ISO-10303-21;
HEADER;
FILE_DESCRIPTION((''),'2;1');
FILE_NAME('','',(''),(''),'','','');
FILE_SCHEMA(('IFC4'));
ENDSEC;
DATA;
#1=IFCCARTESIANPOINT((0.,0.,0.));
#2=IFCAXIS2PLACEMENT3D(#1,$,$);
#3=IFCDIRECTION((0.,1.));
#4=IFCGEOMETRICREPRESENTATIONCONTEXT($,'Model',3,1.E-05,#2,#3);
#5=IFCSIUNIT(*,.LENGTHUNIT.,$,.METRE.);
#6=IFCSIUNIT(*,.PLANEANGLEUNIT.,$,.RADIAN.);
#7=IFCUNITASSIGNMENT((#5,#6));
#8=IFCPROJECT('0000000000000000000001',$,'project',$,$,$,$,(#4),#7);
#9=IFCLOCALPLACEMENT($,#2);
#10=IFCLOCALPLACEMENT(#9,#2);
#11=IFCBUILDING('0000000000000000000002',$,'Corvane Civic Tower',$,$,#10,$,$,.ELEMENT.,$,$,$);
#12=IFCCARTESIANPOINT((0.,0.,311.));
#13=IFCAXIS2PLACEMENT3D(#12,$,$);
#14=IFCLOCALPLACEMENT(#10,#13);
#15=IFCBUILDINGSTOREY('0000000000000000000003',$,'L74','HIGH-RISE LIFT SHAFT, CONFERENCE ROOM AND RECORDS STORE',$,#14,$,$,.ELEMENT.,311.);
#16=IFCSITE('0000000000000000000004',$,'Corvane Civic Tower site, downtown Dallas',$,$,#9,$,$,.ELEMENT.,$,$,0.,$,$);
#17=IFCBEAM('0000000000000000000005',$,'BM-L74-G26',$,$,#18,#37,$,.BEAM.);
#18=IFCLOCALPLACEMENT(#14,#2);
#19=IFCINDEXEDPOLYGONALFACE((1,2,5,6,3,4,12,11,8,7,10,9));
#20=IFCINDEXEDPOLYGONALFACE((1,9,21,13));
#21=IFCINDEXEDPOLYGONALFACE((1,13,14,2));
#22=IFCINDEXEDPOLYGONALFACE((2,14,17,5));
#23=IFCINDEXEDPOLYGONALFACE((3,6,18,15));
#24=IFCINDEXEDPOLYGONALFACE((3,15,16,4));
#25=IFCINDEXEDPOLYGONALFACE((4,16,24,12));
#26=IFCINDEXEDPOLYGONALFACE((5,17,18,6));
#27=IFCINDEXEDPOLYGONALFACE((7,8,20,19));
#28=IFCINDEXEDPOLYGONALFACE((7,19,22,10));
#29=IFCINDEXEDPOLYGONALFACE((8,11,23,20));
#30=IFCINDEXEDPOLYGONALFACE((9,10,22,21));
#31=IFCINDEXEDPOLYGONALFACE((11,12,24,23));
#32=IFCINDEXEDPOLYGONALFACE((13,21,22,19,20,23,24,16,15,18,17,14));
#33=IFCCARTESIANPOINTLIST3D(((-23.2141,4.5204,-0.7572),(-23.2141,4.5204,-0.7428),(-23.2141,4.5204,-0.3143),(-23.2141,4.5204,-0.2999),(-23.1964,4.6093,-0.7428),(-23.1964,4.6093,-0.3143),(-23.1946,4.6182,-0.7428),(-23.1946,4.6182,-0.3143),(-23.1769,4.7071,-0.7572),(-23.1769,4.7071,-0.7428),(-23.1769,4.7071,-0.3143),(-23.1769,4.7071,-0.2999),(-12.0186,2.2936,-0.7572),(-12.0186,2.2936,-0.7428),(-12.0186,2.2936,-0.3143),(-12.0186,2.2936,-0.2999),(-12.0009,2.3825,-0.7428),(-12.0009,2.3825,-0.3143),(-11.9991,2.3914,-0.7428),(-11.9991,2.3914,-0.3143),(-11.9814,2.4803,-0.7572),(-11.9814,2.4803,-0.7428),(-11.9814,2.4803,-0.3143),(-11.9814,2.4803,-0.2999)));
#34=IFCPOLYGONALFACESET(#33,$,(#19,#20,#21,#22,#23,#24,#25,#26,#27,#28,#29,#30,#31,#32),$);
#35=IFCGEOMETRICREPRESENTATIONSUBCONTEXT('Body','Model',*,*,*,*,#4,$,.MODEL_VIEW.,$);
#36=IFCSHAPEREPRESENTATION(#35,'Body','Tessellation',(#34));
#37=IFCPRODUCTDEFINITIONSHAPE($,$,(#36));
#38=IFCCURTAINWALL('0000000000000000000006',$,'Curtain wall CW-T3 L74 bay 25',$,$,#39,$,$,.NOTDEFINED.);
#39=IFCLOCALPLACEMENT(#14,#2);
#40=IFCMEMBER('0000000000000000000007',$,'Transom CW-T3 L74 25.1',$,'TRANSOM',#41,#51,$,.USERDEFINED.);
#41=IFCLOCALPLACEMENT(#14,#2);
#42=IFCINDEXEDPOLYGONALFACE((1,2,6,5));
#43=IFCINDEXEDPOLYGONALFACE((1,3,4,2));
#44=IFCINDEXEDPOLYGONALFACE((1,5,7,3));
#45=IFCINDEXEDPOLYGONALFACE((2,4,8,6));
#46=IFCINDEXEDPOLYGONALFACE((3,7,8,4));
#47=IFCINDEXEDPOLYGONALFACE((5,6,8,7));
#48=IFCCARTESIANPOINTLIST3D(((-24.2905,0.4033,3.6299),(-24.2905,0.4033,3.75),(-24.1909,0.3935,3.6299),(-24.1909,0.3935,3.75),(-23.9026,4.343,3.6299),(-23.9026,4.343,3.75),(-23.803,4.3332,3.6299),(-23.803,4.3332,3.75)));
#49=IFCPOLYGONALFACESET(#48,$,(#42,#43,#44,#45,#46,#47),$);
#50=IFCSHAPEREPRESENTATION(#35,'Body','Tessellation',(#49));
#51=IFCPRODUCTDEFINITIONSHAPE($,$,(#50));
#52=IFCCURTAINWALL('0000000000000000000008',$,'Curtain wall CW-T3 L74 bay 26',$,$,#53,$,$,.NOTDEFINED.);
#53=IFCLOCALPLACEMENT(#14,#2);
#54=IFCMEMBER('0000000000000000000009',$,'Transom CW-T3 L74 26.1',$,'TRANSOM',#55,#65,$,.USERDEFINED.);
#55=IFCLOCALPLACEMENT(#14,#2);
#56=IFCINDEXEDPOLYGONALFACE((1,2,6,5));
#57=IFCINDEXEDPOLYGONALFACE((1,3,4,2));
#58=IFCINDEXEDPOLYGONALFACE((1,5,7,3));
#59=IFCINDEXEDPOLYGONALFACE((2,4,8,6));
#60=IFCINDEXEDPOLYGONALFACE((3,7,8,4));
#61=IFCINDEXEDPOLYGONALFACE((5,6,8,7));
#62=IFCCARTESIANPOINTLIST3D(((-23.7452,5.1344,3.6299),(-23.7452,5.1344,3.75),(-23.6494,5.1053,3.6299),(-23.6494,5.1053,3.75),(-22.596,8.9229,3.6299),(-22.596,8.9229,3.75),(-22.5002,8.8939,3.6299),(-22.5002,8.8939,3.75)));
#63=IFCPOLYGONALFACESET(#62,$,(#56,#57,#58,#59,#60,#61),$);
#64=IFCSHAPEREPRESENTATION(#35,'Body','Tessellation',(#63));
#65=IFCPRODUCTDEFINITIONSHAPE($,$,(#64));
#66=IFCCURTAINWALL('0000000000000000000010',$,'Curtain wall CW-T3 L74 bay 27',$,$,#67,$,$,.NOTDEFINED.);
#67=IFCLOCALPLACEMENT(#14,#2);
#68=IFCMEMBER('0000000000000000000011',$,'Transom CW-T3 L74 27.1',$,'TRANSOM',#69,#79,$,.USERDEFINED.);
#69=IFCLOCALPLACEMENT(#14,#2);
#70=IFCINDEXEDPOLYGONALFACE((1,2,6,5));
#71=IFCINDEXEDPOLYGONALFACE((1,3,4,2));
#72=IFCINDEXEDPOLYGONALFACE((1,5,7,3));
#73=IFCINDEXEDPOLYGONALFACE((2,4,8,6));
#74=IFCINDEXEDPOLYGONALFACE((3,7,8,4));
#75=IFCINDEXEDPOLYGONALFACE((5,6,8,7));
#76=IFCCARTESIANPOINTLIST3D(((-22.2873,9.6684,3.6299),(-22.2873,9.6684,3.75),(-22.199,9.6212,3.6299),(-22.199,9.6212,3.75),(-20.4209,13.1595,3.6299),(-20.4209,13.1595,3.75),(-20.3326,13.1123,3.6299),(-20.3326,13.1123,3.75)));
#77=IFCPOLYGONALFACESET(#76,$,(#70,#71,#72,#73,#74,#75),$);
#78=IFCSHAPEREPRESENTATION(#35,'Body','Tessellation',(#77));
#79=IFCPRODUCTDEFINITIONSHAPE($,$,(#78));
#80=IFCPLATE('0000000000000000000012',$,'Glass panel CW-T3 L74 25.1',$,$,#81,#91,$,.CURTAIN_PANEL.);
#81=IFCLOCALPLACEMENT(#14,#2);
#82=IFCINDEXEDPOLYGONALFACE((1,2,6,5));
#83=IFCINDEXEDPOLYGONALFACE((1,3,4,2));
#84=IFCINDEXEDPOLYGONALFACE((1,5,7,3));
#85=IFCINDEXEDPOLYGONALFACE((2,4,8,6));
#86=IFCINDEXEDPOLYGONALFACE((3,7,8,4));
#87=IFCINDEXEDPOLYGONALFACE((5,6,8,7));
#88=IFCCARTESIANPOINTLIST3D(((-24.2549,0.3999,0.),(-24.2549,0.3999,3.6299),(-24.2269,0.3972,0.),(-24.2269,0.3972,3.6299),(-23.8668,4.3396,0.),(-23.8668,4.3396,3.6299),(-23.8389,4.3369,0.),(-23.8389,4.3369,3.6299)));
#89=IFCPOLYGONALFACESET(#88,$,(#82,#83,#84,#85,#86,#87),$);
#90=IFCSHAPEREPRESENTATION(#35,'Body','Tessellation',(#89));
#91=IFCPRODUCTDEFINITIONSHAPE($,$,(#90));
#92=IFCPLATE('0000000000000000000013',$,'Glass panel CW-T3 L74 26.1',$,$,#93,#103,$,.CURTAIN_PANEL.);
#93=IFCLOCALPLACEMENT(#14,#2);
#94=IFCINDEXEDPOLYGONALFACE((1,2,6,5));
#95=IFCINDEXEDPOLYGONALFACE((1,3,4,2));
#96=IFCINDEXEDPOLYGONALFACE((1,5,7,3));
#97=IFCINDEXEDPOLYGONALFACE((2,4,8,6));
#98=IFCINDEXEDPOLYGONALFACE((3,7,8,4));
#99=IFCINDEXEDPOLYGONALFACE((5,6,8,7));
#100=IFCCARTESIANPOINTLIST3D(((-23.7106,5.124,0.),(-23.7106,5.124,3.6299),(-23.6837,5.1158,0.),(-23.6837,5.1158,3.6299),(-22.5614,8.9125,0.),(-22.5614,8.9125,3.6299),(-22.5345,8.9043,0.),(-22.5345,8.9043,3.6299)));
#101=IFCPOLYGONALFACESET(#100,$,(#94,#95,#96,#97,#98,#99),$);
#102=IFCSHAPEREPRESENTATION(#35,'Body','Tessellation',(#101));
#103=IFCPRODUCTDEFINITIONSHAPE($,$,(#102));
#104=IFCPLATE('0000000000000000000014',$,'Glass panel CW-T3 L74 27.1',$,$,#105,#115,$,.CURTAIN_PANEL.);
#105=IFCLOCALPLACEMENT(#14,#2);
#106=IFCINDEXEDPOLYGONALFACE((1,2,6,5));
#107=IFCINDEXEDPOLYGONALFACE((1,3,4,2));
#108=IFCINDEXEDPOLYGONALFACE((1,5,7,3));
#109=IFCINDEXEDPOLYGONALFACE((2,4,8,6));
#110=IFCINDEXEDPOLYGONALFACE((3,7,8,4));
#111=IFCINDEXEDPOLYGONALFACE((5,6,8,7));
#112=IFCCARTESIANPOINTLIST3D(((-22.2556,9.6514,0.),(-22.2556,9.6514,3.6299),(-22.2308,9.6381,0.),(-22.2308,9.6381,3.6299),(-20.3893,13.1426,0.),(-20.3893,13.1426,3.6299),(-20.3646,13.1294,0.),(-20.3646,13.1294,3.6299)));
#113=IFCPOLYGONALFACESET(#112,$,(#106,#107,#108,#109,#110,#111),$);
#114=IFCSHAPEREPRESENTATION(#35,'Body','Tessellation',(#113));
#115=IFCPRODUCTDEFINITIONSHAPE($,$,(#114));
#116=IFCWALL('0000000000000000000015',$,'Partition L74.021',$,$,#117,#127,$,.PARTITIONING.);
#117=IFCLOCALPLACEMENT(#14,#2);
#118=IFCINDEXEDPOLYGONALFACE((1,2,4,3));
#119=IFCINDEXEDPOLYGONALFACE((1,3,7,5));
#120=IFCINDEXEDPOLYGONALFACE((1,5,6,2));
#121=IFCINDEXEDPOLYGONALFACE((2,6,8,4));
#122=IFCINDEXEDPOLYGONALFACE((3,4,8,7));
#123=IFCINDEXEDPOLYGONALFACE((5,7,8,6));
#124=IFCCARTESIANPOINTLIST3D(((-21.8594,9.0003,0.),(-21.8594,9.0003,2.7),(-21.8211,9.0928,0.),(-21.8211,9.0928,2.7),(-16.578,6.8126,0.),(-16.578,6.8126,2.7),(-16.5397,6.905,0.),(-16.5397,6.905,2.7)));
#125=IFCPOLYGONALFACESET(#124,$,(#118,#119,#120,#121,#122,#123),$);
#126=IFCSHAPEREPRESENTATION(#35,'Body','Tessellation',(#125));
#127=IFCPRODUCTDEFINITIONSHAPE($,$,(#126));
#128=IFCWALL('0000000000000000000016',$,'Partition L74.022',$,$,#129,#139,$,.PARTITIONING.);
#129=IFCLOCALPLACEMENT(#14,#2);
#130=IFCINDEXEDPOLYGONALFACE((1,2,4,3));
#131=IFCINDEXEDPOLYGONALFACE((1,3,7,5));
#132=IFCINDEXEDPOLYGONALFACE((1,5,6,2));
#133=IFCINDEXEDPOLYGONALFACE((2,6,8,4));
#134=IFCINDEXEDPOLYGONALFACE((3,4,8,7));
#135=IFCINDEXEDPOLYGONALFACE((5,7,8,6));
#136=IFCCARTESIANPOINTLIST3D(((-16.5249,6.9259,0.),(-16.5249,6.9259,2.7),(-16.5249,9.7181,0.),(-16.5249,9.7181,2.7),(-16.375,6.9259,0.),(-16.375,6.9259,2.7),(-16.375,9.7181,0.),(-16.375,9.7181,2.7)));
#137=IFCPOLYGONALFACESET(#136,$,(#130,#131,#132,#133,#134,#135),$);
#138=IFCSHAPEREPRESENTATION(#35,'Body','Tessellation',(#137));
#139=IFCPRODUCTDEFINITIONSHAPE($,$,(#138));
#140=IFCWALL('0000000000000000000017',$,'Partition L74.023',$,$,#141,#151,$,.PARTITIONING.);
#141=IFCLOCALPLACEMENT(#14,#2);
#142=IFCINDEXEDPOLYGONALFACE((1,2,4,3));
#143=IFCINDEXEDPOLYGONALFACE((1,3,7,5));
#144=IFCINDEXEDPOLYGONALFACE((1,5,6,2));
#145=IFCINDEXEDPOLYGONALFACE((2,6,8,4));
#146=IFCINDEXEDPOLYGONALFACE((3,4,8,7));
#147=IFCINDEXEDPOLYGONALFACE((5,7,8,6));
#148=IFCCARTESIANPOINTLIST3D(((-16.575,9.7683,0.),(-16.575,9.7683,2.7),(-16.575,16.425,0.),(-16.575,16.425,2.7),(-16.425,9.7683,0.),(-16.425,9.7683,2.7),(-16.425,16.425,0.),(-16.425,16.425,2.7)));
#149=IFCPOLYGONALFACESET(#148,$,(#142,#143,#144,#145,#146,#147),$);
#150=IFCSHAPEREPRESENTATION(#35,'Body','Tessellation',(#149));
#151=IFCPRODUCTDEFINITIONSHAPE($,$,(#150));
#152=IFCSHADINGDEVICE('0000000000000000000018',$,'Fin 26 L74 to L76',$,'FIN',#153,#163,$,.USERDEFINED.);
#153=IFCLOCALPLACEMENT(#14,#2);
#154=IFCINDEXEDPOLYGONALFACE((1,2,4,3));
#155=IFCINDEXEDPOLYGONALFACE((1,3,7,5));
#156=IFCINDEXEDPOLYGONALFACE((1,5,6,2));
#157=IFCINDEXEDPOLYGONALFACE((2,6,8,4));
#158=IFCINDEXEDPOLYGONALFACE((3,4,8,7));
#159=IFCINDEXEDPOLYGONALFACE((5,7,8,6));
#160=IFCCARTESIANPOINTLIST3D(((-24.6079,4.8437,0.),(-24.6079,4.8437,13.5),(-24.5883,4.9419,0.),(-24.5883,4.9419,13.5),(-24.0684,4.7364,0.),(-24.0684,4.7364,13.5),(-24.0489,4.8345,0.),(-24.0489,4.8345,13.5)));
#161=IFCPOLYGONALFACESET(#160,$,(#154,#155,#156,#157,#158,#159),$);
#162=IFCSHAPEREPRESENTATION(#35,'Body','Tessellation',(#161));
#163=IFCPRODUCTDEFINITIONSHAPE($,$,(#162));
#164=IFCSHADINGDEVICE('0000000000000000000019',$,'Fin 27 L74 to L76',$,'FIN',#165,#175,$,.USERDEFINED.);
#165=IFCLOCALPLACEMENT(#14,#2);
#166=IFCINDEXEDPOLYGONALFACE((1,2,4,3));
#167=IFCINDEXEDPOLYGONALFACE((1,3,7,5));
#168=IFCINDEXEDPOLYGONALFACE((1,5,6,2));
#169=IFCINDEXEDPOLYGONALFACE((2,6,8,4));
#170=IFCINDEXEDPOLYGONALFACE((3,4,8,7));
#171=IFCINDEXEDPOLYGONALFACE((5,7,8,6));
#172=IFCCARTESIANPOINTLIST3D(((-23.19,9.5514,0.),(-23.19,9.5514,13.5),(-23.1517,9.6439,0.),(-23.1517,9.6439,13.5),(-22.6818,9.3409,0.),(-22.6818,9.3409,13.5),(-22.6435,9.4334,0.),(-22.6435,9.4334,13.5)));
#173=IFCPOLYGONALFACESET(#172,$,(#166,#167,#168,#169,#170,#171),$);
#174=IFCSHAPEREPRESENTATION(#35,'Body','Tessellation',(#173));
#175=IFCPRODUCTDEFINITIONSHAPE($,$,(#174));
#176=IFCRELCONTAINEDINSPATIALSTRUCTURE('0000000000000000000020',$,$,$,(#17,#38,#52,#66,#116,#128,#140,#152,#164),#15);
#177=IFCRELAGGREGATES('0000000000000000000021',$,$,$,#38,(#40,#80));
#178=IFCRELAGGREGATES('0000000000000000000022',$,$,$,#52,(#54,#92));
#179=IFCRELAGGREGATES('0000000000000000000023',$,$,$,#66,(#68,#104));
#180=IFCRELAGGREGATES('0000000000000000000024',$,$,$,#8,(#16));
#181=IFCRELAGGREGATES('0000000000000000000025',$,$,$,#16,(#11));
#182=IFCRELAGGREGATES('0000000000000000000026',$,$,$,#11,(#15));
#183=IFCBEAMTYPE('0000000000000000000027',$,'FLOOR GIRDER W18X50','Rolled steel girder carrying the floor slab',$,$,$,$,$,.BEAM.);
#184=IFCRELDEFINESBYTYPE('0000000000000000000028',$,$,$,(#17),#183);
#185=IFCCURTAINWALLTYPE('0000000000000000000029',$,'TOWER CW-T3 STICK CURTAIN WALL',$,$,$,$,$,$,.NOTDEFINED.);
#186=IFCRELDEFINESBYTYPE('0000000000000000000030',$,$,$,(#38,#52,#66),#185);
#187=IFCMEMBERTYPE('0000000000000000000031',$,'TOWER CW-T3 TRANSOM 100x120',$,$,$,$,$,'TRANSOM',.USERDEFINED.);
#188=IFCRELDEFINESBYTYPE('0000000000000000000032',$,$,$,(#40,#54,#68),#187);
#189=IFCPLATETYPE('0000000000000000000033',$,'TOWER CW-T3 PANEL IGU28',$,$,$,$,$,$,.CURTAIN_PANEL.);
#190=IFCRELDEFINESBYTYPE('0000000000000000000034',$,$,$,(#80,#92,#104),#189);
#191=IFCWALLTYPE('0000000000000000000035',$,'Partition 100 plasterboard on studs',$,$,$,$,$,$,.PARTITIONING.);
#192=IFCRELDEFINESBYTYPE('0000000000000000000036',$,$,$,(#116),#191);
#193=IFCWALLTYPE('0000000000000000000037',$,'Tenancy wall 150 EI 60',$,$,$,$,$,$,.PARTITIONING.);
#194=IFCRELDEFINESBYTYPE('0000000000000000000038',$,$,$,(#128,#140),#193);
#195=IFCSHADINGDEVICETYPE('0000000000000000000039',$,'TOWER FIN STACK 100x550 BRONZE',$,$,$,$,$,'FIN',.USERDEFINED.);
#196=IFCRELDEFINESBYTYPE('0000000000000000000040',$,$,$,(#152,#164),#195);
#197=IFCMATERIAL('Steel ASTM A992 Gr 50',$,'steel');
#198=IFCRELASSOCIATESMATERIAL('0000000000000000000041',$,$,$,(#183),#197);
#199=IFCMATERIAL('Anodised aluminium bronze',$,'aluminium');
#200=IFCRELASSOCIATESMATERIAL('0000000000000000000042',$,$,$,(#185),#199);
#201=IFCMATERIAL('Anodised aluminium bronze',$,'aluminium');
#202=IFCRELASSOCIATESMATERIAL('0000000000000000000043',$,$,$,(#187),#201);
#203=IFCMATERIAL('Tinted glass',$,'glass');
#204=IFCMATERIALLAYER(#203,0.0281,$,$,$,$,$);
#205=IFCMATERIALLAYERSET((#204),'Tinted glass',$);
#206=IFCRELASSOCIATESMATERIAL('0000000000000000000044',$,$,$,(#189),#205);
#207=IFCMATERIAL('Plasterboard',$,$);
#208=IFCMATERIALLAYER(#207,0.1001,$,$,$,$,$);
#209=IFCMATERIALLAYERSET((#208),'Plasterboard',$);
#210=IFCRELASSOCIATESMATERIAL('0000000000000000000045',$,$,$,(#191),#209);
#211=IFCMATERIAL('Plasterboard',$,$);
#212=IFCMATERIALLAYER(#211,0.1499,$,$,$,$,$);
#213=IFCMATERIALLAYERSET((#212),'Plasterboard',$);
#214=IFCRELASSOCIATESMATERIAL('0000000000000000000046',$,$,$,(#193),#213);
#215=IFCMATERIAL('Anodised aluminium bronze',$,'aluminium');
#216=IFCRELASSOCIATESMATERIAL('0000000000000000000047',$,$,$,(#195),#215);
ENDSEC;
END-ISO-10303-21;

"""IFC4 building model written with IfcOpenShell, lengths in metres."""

from ifc_helpers import new_model, si_unit, direction, frame, frame_2d, origin, origin_2d, place, context, subcontext, project, spatial, rectangle, i_section, extrude, material, layer, layer_set, material_profile, profile_set, type_object, element, aggregate, save


model = new_model("IFC4")

# Units and contexts
model_context = context("Model", 3, precision=1e-05, world=origin(), true_north=direction((0.0, 1.0)))
body_context = subcontext(model_context, "Body", "Model", "MODEL_VIEW")
ifc_project = project(units=[si_unit("LENGTHUNIT", "METRE"), si_unit("PLANEANGLEUNIT", "RADIAN")], contexts=[model_context])

# Site, building, storey
site_placement = place(None, origin())
site = spatial("IfcSite", under=ifc_project, at=site_placement, Name="Corvane Civic Tower site, downtown Dallas", CompositionType="ELEMENT", RefElevation=0.0)
building_placement = place(site_placement, origin())
building = spatial("IfcBuilding", under=site, at=building_placement, Name="Corvane Civic Tower", CompositionType="ELEMENT")
storey_placement = place(building_placement, frame((0.0, 0.0, 311.0)))
storey = spatial("IfcBuildingStorey", under=building, at=storey_placement, Name="L74", Description="HIGH-RISE LIFT SHAFT, CONFERENCE ROOM AND RECORDS STORE", CompositionType="ELEMENT", Elevation=311.0)

# Beam
ifc_material_1 = material(Name="Steel ASTM A992 Gr 50", Category="steel")
ifc_material_profile_1 = material_profile(ifc_material_1, i_section(OverallWidth=0.1904, OverallDepth=0.4573, WebThickness=0.009, FlangeThickness=0.0144, at=origin_2d()), Name="W18X50")
ifc_profile_set_1 = profile_set([ifc_material_profile_1], Name="Steel ASTM A992 Gr 50")
beam_type_1 = type_object("IfcBeamType", Name="FLOOR GIRDER W18X50", Description="Rolled steel girder carrying the floor slab", PredefinedType="BEAM", material=ifc_profile_set_1)
beam_1_placement = place(storey_placement, frame((-12.0, 2.387, -0.5286), z_axis=(-0.980787, 0.19508, 0.0), x_axis=(-0.19508, -0.980787, 0.0)))
element("IfcBeam", 1, at=beam_1_placement, inside=storey, type_object=beam_type_1, Name="BM-L74-G26", PredefinedType="BEAM", context=body_context, shape_type="SweptSolid", body=[
    extrude(i_section(OverallWidth=0.1904, OverallDepth=0.4573, WebThickness=0.009, FlangeThickness=0.0144, at=origin_2d()), origin(), (0.0, 0.0, 1.0), 11.4148),
])

# Curtain walls, members
ifc_material_2 = material(Name="Anodised aluminium bronze", Category="aluminium")
curtain_wall_type = type_object("IfcCurtainWallType", Name="TOWER CW-T3 STICK CURTAIN WALL", PredefinedType="NOTDEFINED", material=ifc_material_2)
curtain_wall_1_placement = place(storey_placement, origin())
curtain_wall_1 = element("IfcCurtainWall", 2, at=curtain_wall_1_placement, inside=storey, type_object=curtain_wall_type, Name="Curtain wall CW-T3 L74 bay 25", PredefinedType="NOTDEFINED")
ifc_material_3 = material(Name="Anodised aluminium bronze", Category="aluminium")
ifc_material_profile_2 = material_profile(ifc_material_3, rectangle(XDim=0.1001, YDim=0.1201, at=origin_2d()), Name="TOWER CW-T3 TRANSOM 100x120")
ifc_profile_set_2 = profile_set([ifc_material_profile_2], Name="Anodised aluminium bronze")
member_type = type_object("IfcMemberType", Name="TOWER CW-T3 TRANSOM 100x120", ElementType="TRANSOM", PredefinedType="USERDEFINED", material=ifc_profile_set_2)
member_1_placement = place(storey_placement, frame((-24.2407, 0.3984, 3.6899), z_axis=(0.097995, 0.995187, 0.0), x_axis=(-0.995187, 0.097995, 0.0)))
member_1 = element("IfcMember", 3, at=member_1_placement, type_object=member_type, Name="Transom CW-T3 L74 25.1", ObjectType="TRANSOM", PredefinedType="USERDEFINED", context=body_context, shape_type="SweptSolid", body=[
    extrude(rectangle(XDim=0.1001, YDim=0.1201, at=origin_2d()), origin(), (0.0, 0.0, 1.0), 3.9587),
])
curtain_wall_2_placement = place(storey_placement, origin())
curtain_wall_2 = element("IfcCurtainWall", 4, at=curtain_wall_2_placement, inside=storey, type_object=curtain_wall_type, Name="Curtain wall CW-T3 L74 bay 26", PredefinedType="NOTDEFINED")
member_2_placement = place(storey_placement, frame((-23.6973, 5.1199, 3.6899), z_axis=(0.290266, 0.956946, 0.0), x_axis=(-0.956946, 0.290266, 0.0)))
member_2 = element("IfcMember", 5, at=member_2_placement, type_object=member_type, Name="Transom CW-T3 L74 26.1", ObjectType="TRANSOM", PredefinedType="USERDEFINED", context=body_context, shape_type="SweptSolid", body=[
    extrude(rectangle(XDim=0.1001, YDim=0.1201, at=origin_2d()), origin(), (0.0, 0.0, 1.0), 3.959),
])
curtain_wall_3_placement = place(storey_placement, origin())
curtain_wall_3 = element("IfcCurtainWall", 6, at=curtain_wall_3_placement, inside=storey, type_object=curtain_wall_type, Name="Curtain wall CW-T3 L74 bay 27", PredefinedType="NOTDEFINED")
member_3_placement = place(storey_placement, frame((-22.2432, 9.6448, 3.6899), z_axis=(0.471468, 0.881883, 0.0), x_axis=(-0.881883, 0.471468, 0.0)))
member_3 = element("IfcMember", 7, at=member_3_placement, type_object=member_type, Name="Transom CW-T3 L74 27.1", ObjectType="TRANSOM", PredefinedType="USERDEFINED", context=body_context, shape_type="SweptSolid", body=[
    extrude(rectangle(XDim=0.1001, YDim=0.1201, at=origin_2d()), origin(), (0.0, 0.0, 1.0), 3.9587),
])

# Plates
ifc_material_4 = material(Name="Tinted glass", Category="glass")
ifc_layer_1 = layer(ifc_material_4, 0.0281)
ifc_layer_set_1 = layer_set([ifc_layer_1], Name="Tinted glass")
plate_type = type_object("IfcPlateType", Name="TOWER CW-T3 PANEL IGU28", PredefinedType="CURTAIN_PANEL", material=ifc_layer_set_1)
plate_1_placement = place(storey_placement, frame((-24.0469, 2.3684, 0.0), z_axis=(0.0, 0.0, 1.0), x_axis=(0.098021, 0.995184, 0.0)))
plate_1 = element("IfcPlate", 8, at=plate_1_placement, type_object=plate_type, Name="Glass panel CW-T3 L74 25.1", PredefinedType="CURTAIN_PANEL", context=body_context, shape_type="SweptSolid", body=[
    extrude(rectangle(XDim=3.9587, YDim=0.0281, at=origin_2d()), origin(), (0.0, 0.0, 1.0), 3.6299),
])
aggregate(curtain_wall_1, [member_1, plate_1])
plate_2_placement = place(storey_placement, frame((-23.1226, 7.0142, 0.0), z_axis=(0.0, 0.0, 1.0), x_axis=(0.290274, 0.956944, 0.0)))
plate_2 = element("IfcPlate", 9, at=plate_2_placement, type_object=plate_type, Name="Glass panel CW-T3 L74 26.1", PredefinedType="CURTAIN_PANEL", context=body_context, shape_type="SweptSolid", body=[
    extrude(rectangle(XDim=3.959, YDim=0.0281, at=origin_2d()), origin(), (0.0, 0.0, 1.0), 3.6299),
])
aggregate(curtain_wall_2, [member_2, plate_2])
plate_3_placement = place(storey_placement, frame((-21.3101, 11.3904, 0.0), z_axis=(0.0, 0.0, 1.0), x_axis=(0.471421, 0.881908, 0.0)))
plate_3 = element("IfcPlate", 10, at=plate_3_placement, type_object=plate_type, Name="Glass panel CW-T3 L74 27.1", PredefinedType="CURTAIN_PANEL", context=body_context, shape_type="SweptSolid", body=[
    extrude(rectangle(XDim=3.9587, YDim=0.0281, at=origin_2d()), origin(), (0.0, 0.0, 1.0), 3.6299),
])
aggregate(curtain_wall_3, [member_3, plate_3])

# Walls
ifc_material_5 = material(Name="Plasterboard")
ifc_layer_2 = layer(ifc_material_5, 0.1001)
ifc_layer_set_2 = layer_set([ifc_layer_2], Name="Plasterboard")
wall_type_1 = type_object("IfcWallType", Name="Partition 100 plasterboard on studs", PredefinedType="PARTITIONING", material=ifc_layer_set_2)
wall_1_placement = place(storey_placement, frame((-21.8403, 9.0466, 0.0), z_axis=(0.0, 0.0, 1.0), x_axis=(0.923868, -0.38271, 0.0)))
element("IfcWall", 11, at=wall_1_placement, inside=storey, type_object=wall_type_1, Name="Partition L74.021", PredefinedType="PARTITIONING", context=body_context, shape_type="SweptSolid", body=[
    extrude(rectangle(XDim=5.7166, YDim=0.1001, at=frame_2d((2.8584, 0.0))), origin(), (0.0, 0.0, 1.0), 2.7),
])
ifc_material_6 = material(Name="Plasterboard")
ifc_layer_3 = layer(ifc_material_6, 0.1499)
ifc_layer_set_3 = layer_set([ifc_layer_3], Name="Plasterboard")
wall_type_2 = type_object("IfcWallType", Name="Tenancy wall 150 EI 60", PredefinedType="PARTITIONING", material=ifc_layer_set_3)
wall_2_placement = place(storey_placement, frame((-16.45, 6.926, 0.0), z_axis=(0.0, 0.0, 1.0), x_axis=(0.0, 1.0, 0.0)))
element("IfcWall", 12, at=wall_2_placement, inside=storey, type_object=wall_type_2, Name="Partition L74.022", PredefinedType="PARTITIONING", context=body_context, shape_type="SweptSolid", body=[
    extrude(rectangle(XDim=2.7922, YDim=0.1499, at=frame_2d((1.396, 0.0))), origin(), (0.0, 0.0, 1.0), 2.7),
])
wall_3_placement = place(storey_placement, frame((-16.5, 9.7683, 0.0), z_axis=(0.0, 0.0, 1.0), x_axis=(0.0, 1.0, 0.0)))
element("IfcWall", 13, at=wall_3_placement, inside=storey, type_object=wall_type_2, Name="Partition L74.023", PredefinedType="PARTITIONING", context=body_context, shape_type="SweptSolid", body=[
    extrude(rectangle(XDim=6.6567, YDim=0.1499, at=frame_2d((3.3284, 0.0))), origin(), (0.0, 0.0, 1.0), 2.7),
])

# Shading devices
ifc_material_7 = material(Name="Anodised aluminium bronze", Category="aluminium")
ifc_material_profile_3 = material_profile(ifc_material_7, rectangle(XDim=0.1001, YDim=0.55, at=origin_2d()), Name="TOWER FIN STACK 100x550 BRONZE")
ifc_profile_set_3 = profile_set([ifc_material_profile_3], Name="Anodised aluminium bronze")
shading_device_type = type_object("IfcShadingDeviceType", Name="TOWER FIN STACK 100x550 BRONZE", ElementType="FIN", PredefinedType="USERDEFINED", material=ifc_profile_set_3)
for number, where, z_axis, x_axis, name in (
    (14, (-24.3284, 4.8391, 0.0), (0.0, 0.0, 1.0), (0.19509, 0.980785, 0.0), "Fin 26 L74 to L76"),
    (15, (-22.9167, 9.4924, 0.0), (0.0, 0.0, 1.0), (0.382683, 0.92388, 0.0), "Fin 27 L74 to L76"),
):
    element("IfcShadingDevice", number, at=place(storey_placement, frame(where, z_axis=z_axis, x_axis=x_axis)), inside=storey, type_object=shading_device_type, Name=name, ObjectType="FIN", PredefinedType="USERDEFINED", context=body_context, shape_type="SweptSolid", body=[
        extrude(rectangle(XDim=0.1001, YDim=0.55, at=origin_2d()), origin(), (0.0, 0.0, 1.0), 13.5),
    ])

save(model, "model.ifc")
